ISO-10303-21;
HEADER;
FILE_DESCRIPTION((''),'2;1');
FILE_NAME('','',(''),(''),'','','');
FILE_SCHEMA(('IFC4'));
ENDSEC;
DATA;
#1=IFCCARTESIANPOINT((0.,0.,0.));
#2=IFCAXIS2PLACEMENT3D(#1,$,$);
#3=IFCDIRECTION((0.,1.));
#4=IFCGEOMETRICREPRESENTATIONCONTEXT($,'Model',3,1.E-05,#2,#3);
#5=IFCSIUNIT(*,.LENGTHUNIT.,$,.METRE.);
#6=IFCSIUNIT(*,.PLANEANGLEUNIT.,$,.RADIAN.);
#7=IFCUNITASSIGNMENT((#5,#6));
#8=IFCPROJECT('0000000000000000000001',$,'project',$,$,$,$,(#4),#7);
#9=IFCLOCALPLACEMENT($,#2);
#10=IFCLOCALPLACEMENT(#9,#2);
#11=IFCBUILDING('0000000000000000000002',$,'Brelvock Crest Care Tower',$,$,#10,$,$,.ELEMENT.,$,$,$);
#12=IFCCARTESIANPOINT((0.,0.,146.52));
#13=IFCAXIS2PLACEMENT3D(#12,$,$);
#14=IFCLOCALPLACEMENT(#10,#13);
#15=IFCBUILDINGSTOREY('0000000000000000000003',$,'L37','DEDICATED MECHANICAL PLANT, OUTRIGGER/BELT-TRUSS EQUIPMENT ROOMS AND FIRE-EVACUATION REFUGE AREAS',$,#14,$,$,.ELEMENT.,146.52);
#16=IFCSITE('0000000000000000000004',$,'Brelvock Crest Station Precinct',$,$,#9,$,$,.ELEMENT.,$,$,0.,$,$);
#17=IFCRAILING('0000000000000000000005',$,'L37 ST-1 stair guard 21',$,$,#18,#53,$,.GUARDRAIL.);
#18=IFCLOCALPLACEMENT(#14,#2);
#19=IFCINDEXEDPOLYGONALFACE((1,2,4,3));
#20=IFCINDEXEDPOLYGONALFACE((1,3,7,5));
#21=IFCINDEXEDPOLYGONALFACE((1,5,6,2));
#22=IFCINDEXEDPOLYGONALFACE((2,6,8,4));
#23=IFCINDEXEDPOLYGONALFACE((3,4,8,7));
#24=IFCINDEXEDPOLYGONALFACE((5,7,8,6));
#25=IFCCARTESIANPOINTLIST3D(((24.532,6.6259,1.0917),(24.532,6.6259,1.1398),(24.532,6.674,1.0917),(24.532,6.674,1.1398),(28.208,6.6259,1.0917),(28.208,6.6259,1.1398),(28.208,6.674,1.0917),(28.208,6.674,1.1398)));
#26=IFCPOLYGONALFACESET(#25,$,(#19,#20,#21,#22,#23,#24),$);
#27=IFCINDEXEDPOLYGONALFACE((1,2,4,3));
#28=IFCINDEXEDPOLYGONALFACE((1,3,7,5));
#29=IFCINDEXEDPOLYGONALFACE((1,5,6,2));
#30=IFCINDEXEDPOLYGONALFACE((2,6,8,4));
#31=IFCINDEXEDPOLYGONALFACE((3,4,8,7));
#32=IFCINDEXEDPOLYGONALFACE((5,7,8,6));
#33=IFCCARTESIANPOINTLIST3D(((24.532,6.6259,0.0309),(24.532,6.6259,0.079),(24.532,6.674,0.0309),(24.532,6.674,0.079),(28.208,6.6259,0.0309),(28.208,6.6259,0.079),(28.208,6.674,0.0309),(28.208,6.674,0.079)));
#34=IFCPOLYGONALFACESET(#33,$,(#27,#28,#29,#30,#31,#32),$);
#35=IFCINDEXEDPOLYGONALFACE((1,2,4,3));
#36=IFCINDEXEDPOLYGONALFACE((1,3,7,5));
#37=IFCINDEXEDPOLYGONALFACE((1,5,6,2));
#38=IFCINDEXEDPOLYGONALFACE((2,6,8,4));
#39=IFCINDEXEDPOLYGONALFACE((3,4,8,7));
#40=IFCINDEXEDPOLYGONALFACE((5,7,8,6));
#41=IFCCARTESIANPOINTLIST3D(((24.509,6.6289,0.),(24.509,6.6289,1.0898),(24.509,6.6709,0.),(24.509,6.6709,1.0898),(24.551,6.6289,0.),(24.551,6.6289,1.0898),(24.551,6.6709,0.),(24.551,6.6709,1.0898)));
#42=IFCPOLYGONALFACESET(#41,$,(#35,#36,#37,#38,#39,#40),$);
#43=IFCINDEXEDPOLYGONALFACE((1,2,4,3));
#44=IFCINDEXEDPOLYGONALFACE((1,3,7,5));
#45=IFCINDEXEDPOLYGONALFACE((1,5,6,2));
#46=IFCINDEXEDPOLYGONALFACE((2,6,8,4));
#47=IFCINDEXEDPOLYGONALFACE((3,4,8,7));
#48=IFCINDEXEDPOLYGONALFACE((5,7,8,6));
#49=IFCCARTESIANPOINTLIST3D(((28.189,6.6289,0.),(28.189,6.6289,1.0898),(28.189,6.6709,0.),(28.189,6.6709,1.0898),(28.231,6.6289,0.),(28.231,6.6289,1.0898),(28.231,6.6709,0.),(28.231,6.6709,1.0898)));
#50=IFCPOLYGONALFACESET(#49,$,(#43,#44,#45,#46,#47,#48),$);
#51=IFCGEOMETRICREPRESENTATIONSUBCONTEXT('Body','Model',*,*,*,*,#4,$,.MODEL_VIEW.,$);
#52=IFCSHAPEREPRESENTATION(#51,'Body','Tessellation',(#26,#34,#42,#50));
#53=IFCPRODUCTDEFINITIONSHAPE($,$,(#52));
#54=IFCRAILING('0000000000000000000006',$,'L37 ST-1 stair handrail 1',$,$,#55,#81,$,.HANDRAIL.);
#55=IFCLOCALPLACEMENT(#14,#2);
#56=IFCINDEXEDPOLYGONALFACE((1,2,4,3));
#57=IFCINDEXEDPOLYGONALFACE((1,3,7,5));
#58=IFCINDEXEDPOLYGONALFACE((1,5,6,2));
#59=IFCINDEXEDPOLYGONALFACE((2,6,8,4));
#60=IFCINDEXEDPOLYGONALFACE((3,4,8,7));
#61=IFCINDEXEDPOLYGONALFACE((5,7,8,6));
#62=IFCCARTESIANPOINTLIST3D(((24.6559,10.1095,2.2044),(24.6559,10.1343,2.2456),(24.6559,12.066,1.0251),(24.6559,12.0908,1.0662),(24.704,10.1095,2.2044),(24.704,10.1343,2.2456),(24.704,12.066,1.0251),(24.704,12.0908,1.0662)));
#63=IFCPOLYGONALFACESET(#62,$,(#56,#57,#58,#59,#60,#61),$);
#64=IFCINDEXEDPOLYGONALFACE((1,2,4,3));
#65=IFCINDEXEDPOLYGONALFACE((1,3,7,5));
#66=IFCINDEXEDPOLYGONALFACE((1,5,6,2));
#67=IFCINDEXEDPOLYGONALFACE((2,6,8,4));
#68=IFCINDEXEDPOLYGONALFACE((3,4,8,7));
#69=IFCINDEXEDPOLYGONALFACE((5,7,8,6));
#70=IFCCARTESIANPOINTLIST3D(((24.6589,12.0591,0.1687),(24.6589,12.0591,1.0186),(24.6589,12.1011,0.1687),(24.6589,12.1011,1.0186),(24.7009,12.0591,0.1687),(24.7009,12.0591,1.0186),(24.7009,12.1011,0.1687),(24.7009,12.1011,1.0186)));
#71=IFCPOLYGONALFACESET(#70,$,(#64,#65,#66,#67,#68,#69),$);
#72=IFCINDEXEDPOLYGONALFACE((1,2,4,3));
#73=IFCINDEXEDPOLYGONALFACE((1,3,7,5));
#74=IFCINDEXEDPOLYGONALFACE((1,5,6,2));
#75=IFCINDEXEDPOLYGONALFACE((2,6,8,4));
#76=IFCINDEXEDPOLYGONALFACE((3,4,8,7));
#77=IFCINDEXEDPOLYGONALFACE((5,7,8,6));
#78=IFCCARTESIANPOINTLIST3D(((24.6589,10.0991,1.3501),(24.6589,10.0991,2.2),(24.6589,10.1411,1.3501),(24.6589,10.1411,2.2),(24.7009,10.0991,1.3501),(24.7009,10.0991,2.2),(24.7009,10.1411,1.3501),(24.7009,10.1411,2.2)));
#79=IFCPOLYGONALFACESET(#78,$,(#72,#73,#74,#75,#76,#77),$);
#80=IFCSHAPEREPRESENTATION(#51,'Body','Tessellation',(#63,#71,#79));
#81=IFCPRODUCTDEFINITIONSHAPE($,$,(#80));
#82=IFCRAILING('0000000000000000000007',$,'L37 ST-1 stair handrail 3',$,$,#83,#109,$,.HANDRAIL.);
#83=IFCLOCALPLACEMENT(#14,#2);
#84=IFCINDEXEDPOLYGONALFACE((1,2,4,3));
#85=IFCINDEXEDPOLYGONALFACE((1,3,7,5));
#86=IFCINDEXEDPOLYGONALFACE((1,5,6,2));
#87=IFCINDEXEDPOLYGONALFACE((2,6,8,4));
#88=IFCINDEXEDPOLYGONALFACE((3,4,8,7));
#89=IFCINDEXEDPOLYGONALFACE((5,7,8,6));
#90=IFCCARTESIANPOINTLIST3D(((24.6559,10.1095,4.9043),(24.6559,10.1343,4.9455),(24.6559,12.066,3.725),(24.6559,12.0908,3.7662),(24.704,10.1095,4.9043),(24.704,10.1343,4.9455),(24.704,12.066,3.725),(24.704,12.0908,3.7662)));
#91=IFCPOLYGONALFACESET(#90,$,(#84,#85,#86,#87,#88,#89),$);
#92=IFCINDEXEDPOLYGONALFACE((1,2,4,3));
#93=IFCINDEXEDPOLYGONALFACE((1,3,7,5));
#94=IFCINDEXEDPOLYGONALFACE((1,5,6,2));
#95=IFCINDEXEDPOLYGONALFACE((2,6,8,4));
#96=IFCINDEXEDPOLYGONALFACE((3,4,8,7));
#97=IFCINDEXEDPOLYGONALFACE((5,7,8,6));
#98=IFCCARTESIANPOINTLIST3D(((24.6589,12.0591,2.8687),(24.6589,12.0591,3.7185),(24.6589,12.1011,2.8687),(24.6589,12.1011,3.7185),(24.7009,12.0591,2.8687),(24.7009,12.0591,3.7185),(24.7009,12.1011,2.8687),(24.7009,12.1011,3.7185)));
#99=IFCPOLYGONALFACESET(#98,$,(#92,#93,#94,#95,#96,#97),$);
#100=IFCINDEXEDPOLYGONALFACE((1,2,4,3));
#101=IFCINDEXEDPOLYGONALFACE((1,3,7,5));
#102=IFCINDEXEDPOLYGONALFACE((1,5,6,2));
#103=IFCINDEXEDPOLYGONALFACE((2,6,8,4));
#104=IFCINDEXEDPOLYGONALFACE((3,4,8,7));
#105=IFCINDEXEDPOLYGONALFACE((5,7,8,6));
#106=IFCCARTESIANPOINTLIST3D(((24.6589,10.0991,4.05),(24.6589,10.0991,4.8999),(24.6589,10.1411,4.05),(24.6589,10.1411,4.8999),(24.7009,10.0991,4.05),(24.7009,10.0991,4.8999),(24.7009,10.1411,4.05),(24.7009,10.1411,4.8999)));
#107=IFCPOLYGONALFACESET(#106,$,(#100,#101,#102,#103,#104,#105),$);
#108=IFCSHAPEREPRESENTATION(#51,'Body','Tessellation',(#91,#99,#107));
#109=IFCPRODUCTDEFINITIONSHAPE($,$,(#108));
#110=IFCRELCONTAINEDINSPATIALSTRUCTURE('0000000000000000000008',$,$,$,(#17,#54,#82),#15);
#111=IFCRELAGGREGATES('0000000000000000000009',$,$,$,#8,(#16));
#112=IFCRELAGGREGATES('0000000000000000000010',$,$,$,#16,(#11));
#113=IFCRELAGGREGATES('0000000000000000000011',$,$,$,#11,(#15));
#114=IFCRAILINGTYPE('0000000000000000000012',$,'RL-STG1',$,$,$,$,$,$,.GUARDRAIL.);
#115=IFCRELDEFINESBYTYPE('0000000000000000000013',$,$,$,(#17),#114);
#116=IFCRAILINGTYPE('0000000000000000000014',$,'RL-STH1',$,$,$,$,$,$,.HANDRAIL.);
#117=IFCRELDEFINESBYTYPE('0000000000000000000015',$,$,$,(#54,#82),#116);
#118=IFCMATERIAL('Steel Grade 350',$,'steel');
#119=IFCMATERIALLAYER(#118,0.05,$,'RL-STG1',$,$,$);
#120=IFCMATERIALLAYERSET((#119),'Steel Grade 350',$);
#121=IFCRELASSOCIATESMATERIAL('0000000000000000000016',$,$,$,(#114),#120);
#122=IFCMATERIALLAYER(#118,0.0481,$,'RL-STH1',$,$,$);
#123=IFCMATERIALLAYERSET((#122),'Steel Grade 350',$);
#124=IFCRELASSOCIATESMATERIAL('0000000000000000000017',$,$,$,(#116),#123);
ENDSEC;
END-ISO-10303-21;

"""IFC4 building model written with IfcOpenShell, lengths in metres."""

from ifc_helpers import new_model, si_unit, direction, frame, origin, origin_2d, place, context, subcontext, project, spatial, rectangle, extrude, material, layer, layer_set, type_object, element, save


model = new_model("IFC4")

# Units and contexts
model_context = context("Model", 3, precision=1e-05, world=origin(), true_north=direction((0.0, 1.0)))
body_context = subcontext(model_context, "Body", "Model", "MODEL_VIEW")
ifc_project = project(units=[si_unit("LENGTHUNIT", "METRE"), si_unit("PLANEANGLEUNIT", "RADIAN")], contexts=[model_context])

# Site, building, storey
site_placement = place(None, origin())
site = spatial("IfcSite", under=ifc_project, at=site_placement, Name="Brelvock Crest Station Precinct", CompositionType="ELEMENT", RefElevation=0.0)
building_placement = place(site_placement, origin())
building = spatial("IfcBuilding", under=site, at=building_placement, Name="Brelvock Crest Care Tower", CompositionType="ELEMENT")
storey_placement = place(building_placement, frame((0.0, 0.0, 146.52)))
storey = spatial("IfcBuildingStorey", under=building, at=storey_placement, Name="L37", Description="DEDICATED MECHANICAL PLANT, OUTRIGGER/BELT-TRUSS EQUIPMENT ROOMS AND FIRE-EVACUATION REFUGE AREAS", CompositionType="ELEMENT", Elevation=146.52)

# Shared definitions
ifc_material_1 = material(Name="Steel Grade 350", Category="steel")

# Railings
ifc_layer_1 = layer(ifc_material_1, 0.05, Name="RL-STG1")
ifc_layer_set_1 = layer_set([ifc_layer_1], Name="Steel Grade 350")
railing_type_1 = type_object("IfcRailingType", Name="RL-STG1", PredefinedType="GUARDRAIL", material=ifc_layer_set_1)
railing_1_placement = place(storey_placement, frame((24.53, 6.6499, 0.0)))
element("IfcRailing", 1, at=railing_1_placement, inside=storey, type_object=railing_type_1, Name="L37 ST-1 stair guard 21", PredefinedType="GUARDRAIL", context=body_context, shape_type="SweptSolid", body=[
    extrude(rectangle(XDim=0.0481, YDim=0.0481, at=origin_2d()), frame((0.002, 0.0, 1.1157), z_axis=(1.0, 0.0, 0.0), x_axis=(0.0, 1.0, 0.0)), (0.0, 0.0, 1.0), 3.676),
    extrude(rectangle(XDim=0.0481, YDim=0.0481, at=origin_2d()), frame((0.002, 0.0, 0.0549), z_axis=(1.0, 0.0, 0.0), x_axis=(0.0, 1.0, 0.0)), (0.0, 0.0, 1.0), 3.676),
    extrude(rectangle(XDim=0.042, YDim=0.042, at=origin_2d()), origin(), (0.0, 0.0, 1.0), 1.0898),
    extrude(rectangle(XDim=0.042, YDim=0.042, at=origin_2d()), frame((3.6799, 0.0, 0.0)), (0.0, 0.0, 1.0), 1.0898),
])
ifc_layer_2 = layer(ifc_material_1, 0.0481, Name="RL-STH1")
ifc_layer_set_2 = layer_set([ifc_layer_2], Name="Steel Grade 350")
railing_type_2 = type_object("IfcRailingType", Name="RL-STH1", PredefinedType="HANDRAIL", material=ifc_layer_set_2)
for number, where, name in (
    (2, (24.6799, 12.0801, 0.1687), "L37 ST-1 stair handrail 1"),
    (3, (24.6799, 12.0801, 2.8687), "L37 ST-1 stair handrail 3"),
):
    element("IfcRailing", number, at=place(storey_placement, frame(where)), inside=storey, type_object=railing_type_2, Name=name, PredefinedType="HANDRAIL", context=body_context, shape_type="SweptSolid", body=[
        extrude(rectangle(XDim=0.0481, YDim=0.0481, at=origin_2d()), frame((0.0, -0.0017, 0.877), z_axis=(0.0, -0.856446, 0.516236), x_axis=(1.0, 0.0, 0.0)), (0.0, 0.0, 1.0), 2.2844),
        extrude(rectangle(XDim=0.042, YDim=0.042, at=origin_2d()), origin(), (0.0, 0.0, 1.0), 0.8499),
        extrude(rectangle(XDim=0.042, YDim=0.042, at=origin_2d()), frame((0.0, -1.96, 1.1814)), (0.0, 0.0, 1.0), 0.8499),
    ])

save(model, "model.ifc")
